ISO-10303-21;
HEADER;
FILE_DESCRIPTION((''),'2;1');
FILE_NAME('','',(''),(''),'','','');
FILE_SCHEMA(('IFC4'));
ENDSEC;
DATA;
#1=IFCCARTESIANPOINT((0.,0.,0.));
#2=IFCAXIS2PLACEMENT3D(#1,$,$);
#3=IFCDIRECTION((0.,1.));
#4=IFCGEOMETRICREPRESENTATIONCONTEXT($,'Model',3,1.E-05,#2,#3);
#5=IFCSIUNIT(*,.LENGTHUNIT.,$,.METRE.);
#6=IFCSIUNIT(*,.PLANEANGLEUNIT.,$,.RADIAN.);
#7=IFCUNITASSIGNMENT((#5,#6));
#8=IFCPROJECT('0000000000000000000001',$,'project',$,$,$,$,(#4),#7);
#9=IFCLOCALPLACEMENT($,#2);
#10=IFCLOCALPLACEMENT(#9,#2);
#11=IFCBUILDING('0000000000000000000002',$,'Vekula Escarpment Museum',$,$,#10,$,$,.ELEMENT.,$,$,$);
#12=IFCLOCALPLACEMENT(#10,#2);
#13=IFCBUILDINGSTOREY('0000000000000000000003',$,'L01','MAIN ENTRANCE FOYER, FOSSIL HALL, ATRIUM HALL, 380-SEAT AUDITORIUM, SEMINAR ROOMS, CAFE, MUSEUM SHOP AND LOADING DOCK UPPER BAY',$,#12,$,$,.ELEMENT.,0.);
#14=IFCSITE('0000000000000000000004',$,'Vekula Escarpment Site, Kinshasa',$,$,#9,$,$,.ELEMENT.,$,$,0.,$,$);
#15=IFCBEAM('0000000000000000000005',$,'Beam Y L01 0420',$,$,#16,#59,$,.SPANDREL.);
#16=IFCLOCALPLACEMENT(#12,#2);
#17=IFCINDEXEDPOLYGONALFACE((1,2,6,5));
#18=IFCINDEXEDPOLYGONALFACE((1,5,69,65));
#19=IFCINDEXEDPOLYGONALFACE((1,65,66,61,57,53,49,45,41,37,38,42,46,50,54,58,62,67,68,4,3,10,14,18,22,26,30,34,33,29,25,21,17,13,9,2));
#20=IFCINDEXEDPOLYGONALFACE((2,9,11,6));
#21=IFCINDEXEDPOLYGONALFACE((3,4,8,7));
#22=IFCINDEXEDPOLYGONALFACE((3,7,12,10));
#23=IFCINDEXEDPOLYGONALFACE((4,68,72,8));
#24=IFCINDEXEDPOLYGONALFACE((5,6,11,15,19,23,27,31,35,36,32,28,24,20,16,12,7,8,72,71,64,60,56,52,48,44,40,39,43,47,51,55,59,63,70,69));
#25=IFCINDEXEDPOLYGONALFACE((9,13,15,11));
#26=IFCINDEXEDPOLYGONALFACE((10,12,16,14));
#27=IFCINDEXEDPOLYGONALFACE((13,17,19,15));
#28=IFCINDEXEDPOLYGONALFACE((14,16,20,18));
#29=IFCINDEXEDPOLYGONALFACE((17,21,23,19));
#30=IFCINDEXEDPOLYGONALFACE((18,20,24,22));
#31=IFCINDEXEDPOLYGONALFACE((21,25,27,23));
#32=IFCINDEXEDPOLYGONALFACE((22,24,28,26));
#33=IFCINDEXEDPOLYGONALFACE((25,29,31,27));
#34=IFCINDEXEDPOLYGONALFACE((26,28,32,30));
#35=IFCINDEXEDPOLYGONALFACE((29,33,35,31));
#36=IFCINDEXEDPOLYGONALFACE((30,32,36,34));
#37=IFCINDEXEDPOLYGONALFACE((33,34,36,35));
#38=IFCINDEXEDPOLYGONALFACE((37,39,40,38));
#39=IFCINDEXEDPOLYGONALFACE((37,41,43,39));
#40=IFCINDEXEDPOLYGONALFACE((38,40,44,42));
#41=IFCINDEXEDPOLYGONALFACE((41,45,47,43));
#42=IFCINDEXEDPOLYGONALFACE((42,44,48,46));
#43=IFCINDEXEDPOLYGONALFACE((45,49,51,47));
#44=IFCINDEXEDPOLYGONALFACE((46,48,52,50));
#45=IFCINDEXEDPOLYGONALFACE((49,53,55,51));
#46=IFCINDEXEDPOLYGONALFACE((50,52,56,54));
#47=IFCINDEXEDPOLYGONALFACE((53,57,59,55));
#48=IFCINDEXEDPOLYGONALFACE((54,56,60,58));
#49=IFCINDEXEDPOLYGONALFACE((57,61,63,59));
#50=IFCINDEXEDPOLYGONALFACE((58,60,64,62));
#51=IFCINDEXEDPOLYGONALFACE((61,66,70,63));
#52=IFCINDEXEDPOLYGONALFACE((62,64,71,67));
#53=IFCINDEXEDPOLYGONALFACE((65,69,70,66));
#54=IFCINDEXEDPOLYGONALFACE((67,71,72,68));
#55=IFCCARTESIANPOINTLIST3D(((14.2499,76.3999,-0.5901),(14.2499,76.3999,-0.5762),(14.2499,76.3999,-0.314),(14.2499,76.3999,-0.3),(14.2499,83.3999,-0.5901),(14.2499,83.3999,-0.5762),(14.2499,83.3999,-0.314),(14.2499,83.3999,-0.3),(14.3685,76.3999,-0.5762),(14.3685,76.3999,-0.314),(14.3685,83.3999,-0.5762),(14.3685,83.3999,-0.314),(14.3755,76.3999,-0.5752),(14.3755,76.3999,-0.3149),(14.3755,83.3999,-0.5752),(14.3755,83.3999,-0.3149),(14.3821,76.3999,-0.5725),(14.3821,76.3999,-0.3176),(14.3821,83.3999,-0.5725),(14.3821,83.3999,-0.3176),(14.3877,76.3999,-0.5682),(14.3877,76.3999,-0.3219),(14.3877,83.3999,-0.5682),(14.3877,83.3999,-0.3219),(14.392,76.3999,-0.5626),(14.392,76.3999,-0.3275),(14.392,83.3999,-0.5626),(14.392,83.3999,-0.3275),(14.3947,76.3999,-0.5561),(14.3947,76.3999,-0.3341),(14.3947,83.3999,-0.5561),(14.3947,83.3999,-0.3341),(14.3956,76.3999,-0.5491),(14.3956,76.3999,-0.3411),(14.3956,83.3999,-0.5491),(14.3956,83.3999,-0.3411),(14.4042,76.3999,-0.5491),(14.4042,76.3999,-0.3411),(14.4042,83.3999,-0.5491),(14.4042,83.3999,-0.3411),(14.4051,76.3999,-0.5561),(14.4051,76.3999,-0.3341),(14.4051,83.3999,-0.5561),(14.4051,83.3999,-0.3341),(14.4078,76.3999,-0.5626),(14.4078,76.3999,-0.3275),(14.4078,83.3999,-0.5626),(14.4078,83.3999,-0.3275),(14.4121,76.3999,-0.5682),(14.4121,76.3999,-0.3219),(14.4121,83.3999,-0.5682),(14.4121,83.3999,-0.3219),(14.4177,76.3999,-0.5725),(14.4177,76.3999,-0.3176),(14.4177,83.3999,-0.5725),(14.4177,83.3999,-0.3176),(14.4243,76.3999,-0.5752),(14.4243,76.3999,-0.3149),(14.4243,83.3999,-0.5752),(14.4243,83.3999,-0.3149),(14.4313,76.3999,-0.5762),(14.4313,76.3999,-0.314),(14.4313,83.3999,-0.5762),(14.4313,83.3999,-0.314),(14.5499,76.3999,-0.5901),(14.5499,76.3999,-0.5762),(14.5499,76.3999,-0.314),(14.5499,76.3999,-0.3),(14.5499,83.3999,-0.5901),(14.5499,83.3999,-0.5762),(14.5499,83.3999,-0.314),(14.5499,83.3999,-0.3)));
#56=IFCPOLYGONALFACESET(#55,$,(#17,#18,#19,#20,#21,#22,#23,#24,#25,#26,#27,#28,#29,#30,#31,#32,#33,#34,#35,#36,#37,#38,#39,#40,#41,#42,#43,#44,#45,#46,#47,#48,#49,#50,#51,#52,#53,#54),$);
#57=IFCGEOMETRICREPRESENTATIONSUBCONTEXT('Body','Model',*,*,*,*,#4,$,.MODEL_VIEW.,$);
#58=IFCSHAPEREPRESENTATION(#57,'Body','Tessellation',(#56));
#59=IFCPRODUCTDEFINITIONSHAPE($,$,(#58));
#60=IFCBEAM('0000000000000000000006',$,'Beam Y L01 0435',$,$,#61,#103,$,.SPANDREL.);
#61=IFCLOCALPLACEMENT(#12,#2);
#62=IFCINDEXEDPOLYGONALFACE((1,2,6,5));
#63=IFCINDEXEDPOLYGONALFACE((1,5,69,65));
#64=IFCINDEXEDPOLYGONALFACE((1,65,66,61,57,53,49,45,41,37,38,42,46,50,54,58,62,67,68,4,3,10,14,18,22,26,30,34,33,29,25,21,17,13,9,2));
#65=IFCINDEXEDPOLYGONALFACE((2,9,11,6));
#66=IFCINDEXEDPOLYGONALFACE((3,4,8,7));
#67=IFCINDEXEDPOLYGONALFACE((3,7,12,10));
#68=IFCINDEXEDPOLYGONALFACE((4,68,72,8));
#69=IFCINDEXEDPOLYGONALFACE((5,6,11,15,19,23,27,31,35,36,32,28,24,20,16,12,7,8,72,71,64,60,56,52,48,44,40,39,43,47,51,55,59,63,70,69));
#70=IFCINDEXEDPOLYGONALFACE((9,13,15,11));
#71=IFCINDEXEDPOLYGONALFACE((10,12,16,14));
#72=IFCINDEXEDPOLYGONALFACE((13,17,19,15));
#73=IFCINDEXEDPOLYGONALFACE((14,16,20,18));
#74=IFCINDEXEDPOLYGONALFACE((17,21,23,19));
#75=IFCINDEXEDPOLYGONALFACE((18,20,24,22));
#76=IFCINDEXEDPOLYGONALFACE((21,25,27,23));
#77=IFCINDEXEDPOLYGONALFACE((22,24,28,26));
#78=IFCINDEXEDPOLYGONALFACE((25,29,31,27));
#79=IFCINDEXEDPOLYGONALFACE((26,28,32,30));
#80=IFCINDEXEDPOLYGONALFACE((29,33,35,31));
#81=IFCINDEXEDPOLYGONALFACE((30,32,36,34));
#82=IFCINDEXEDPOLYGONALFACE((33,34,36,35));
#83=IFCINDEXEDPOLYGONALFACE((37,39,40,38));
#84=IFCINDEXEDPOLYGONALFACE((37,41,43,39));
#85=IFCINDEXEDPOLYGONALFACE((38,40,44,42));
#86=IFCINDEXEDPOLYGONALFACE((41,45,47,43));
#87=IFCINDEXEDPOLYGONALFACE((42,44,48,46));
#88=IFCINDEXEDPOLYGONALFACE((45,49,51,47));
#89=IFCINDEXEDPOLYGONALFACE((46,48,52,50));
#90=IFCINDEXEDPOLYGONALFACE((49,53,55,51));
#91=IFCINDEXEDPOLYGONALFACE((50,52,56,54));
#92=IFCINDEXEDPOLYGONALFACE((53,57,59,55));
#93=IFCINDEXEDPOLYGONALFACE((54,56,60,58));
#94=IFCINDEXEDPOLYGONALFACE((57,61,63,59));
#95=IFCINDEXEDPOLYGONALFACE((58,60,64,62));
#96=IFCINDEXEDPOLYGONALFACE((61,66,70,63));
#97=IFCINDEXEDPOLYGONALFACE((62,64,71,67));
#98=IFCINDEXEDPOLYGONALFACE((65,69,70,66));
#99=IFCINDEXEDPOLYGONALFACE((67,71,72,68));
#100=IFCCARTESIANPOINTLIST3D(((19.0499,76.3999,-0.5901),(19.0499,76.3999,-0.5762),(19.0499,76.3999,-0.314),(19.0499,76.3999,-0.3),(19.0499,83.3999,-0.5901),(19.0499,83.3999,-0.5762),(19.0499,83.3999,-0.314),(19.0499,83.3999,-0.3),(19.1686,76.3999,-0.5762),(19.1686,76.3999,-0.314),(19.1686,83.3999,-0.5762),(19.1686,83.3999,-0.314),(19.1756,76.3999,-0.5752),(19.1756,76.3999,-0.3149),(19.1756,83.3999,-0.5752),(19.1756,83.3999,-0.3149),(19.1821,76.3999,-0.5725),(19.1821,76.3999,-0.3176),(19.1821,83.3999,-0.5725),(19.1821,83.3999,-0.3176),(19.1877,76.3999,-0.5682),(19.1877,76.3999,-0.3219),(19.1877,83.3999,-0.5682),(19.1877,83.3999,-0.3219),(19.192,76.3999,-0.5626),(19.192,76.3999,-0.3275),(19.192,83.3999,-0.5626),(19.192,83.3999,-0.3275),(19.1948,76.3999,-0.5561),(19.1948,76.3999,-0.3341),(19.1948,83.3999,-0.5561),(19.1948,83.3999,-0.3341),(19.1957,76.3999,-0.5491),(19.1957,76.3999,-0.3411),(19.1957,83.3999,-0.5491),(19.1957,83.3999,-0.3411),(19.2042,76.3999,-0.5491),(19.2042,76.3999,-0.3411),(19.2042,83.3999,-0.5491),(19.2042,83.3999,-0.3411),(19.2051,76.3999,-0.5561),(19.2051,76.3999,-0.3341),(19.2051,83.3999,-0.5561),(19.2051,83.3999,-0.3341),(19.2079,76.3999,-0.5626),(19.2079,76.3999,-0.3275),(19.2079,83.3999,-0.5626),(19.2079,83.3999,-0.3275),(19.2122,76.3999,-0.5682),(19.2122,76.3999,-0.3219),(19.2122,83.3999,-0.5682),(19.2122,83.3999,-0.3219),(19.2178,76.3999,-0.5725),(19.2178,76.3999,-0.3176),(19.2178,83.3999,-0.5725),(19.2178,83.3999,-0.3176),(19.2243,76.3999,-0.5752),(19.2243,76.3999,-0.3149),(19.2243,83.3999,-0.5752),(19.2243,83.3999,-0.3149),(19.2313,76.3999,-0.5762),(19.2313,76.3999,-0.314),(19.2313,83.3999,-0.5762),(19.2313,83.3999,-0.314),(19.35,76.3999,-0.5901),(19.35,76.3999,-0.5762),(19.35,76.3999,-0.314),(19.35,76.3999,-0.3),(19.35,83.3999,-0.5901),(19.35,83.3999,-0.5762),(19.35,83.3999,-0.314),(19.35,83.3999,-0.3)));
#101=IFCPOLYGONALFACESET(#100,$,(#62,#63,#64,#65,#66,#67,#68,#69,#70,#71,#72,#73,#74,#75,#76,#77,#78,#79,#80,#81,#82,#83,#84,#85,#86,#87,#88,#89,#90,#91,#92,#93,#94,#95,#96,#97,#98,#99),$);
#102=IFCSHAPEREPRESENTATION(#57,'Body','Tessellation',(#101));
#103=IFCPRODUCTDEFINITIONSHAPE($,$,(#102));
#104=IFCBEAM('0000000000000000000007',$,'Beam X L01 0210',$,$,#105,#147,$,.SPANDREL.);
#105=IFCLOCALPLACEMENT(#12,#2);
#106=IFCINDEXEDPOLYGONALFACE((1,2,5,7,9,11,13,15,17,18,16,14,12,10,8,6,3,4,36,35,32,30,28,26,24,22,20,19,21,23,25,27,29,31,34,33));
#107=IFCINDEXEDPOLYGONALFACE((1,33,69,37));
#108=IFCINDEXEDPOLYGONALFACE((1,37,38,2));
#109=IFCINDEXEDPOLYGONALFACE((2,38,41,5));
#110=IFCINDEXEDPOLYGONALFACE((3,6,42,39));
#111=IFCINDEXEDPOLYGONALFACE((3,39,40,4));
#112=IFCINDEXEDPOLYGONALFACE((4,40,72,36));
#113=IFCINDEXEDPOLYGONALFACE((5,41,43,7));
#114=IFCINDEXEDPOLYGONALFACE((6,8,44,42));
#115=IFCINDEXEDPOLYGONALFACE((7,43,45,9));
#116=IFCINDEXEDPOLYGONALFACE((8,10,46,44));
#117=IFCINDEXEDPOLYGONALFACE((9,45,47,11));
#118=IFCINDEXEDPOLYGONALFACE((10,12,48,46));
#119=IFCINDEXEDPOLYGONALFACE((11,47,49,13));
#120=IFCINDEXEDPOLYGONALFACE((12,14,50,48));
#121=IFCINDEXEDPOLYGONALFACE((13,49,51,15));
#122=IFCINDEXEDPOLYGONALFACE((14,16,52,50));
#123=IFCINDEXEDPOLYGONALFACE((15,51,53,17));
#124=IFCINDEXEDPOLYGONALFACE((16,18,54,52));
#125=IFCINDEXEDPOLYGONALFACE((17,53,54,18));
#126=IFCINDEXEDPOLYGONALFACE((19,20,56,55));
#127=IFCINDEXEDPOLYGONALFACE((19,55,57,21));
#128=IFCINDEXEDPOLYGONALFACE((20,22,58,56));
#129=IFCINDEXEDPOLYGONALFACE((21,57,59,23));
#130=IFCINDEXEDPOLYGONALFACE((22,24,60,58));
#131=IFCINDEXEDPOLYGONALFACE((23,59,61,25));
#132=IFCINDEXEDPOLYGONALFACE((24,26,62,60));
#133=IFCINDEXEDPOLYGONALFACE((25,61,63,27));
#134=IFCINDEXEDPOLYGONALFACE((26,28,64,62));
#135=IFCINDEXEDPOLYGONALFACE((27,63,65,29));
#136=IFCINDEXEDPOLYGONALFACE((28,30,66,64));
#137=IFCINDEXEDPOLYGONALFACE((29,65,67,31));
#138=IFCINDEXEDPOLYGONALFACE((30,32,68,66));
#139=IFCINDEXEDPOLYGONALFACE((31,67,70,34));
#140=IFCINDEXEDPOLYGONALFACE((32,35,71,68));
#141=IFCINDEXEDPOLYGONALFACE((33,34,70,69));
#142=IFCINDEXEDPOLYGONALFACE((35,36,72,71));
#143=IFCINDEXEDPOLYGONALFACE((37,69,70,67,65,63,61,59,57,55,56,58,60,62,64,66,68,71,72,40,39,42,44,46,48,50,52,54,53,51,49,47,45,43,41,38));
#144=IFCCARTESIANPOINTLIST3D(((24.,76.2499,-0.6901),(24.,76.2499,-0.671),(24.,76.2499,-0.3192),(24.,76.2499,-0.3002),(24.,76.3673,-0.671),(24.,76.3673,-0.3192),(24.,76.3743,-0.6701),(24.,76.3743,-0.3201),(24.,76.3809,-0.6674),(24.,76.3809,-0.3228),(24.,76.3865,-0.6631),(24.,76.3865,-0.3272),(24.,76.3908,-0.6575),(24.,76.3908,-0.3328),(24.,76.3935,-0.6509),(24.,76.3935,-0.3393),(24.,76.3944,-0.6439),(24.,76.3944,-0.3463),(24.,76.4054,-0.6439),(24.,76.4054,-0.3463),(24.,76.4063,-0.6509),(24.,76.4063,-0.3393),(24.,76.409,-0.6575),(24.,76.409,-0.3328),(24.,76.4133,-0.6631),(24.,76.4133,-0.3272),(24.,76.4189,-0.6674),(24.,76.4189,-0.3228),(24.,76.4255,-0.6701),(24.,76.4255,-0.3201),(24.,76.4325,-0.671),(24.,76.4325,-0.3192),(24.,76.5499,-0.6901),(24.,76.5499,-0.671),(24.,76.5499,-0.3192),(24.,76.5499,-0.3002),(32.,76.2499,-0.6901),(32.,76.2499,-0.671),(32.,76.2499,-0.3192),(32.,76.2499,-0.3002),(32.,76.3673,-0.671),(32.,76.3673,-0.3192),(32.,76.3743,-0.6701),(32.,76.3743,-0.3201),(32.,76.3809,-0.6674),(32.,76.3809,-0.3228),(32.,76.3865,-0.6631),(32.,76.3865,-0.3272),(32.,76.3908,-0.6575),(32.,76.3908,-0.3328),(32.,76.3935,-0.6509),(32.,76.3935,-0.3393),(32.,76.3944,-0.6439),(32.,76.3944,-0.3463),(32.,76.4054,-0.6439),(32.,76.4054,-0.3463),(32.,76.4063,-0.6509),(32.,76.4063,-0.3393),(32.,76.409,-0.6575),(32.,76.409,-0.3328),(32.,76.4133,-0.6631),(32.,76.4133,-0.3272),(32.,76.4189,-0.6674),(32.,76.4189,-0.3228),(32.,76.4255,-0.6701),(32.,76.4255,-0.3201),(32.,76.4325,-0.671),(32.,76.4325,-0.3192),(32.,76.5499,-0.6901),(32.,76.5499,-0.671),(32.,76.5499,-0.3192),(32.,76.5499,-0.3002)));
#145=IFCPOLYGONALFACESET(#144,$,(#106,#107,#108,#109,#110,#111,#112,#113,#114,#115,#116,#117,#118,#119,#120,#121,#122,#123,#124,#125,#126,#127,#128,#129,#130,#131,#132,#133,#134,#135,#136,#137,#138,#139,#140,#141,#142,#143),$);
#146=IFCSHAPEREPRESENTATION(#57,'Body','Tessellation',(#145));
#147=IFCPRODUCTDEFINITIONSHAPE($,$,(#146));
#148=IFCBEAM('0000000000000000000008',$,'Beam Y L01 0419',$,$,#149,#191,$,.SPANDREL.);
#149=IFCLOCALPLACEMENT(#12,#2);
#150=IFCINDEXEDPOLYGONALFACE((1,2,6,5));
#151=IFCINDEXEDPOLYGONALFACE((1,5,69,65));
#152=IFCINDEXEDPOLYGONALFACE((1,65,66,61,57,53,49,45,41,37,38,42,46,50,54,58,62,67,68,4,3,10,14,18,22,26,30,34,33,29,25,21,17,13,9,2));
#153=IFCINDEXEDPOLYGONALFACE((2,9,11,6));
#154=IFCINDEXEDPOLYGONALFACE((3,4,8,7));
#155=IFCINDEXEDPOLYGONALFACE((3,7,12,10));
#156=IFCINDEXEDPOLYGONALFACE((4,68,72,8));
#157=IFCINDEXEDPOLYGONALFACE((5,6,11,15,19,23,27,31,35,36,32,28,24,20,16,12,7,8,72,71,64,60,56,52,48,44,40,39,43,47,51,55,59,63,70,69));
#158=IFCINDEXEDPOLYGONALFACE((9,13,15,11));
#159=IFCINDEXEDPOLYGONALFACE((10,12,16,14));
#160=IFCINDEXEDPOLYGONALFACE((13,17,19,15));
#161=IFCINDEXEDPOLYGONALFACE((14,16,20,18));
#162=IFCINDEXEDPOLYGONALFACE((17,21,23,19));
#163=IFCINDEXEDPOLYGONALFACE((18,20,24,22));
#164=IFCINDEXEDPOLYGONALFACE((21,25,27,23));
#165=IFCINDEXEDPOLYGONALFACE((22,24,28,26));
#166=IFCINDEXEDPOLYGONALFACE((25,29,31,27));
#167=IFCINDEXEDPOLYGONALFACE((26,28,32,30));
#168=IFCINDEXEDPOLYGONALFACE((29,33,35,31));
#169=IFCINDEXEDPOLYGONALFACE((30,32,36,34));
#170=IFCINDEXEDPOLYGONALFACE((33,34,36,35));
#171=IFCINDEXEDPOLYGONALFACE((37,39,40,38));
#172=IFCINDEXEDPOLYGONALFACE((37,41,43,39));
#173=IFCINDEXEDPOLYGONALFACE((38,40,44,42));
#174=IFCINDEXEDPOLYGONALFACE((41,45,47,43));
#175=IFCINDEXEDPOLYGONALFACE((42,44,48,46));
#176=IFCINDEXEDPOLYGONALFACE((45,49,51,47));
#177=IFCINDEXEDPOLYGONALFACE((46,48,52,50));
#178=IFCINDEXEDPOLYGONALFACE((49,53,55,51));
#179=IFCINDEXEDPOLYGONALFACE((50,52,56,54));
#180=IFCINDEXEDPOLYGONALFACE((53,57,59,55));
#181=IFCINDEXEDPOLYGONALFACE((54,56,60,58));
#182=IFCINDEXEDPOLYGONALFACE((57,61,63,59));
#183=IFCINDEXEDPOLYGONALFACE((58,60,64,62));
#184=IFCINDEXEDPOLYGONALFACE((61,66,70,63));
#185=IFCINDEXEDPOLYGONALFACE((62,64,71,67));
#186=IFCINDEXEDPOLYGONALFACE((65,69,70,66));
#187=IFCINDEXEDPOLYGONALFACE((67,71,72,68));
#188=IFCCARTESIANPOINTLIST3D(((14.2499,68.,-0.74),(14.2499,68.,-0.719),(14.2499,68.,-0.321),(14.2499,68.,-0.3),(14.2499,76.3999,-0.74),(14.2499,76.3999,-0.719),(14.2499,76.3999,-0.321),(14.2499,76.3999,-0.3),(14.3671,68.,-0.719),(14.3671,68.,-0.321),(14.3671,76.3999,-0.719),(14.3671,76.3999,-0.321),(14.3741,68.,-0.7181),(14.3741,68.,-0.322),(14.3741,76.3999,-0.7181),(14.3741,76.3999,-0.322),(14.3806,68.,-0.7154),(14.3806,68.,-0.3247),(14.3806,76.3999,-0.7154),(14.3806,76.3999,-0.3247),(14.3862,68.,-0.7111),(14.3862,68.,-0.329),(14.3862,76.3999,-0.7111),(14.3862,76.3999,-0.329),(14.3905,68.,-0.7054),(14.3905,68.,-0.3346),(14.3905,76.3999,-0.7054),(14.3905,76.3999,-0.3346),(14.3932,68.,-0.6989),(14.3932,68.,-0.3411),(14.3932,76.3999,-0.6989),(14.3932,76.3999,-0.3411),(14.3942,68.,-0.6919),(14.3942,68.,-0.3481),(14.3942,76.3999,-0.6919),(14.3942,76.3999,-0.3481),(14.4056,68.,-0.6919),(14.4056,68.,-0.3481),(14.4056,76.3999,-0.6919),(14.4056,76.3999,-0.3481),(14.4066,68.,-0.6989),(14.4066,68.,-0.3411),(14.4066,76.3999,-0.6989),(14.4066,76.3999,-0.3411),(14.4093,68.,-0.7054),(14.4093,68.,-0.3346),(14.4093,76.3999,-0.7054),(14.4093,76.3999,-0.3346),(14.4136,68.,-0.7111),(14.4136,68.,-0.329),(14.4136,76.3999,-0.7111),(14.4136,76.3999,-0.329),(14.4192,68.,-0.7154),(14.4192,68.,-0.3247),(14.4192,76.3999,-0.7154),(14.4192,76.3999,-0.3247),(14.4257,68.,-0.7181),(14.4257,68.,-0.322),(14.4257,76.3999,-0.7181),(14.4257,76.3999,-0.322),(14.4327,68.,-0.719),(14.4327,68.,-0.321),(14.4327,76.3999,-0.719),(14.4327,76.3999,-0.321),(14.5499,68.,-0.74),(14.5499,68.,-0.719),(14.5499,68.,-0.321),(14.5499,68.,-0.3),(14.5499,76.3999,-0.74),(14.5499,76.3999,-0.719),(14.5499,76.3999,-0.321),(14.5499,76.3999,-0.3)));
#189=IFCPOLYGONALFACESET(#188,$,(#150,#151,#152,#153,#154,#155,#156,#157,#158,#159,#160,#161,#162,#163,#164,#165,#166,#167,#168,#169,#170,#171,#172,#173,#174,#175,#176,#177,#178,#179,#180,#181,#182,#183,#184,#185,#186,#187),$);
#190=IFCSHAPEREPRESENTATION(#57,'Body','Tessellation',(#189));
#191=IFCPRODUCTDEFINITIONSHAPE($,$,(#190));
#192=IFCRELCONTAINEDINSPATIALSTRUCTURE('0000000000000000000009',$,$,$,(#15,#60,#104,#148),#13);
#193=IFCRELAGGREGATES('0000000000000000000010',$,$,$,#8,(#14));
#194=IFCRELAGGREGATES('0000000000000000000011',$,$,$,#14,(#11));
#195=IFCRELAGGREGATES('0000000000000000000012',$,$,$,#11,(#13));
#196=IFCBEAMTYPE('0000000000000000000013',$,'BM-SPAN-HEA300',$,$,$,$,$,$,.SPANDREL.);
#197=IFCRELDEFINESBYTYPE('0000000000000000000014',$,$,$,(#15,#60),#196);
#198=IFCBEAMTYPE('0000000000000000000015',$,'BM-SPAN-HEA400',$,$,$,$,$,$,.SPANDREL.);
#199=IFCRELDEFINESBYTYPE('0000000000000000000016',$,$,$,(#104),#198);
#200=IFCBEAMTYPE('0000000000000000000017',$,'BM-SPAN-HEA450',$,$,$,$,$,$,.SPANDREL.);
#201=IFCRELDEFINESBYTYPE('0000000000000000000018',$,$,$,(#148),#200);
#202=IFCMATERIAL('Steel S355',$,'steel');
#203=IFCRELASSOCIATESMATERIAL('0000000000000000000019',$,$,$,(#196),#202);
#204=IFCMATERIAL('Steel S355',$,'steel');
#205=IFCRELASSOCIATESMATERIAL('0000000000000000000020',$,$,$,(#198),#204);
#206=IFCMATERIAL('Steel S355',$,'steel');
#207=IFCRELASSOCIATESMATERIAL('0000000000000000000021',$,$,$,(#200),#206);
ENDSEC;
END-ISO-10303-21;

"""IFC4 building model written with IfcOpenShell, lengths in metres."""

from ifc_helpers import new_model, si_unit, direction, frame, origin, origin_2d, place, context, subcontext, project, spatial, i_section, extrude, material, material_profile, profile_set, type_object, element, save


model = new_model("IFC4")

# Units and contexts
model_context = context("Model", 3, precision=1e-05, world=origin(), true_north=direction((0.0, 1.0)))
body_context = subcontext(model_context, "Body", "Model", "MODEL_VIEW")
ifc_project = project(units=[si_unit("LENGTHUNIT", "METRE"), si_unit("PLANEANGLEUNIT", "RADIAN")], contexts=[model_context])

# Site, building, storey
site_placement = place(None, origin())
site = spatial("IfcSite", under=ifc_project, at=site_placement, Name="Vekula Escarpment Site, Kinshasa", CompositionType="ELEMENT", RefElevation=0.0)
building_placement = place(site_placement, origin())
building = spatial("IfcBuilding", under=site, at=building_placement, Name="Vekula Escarpment Museum", CompositionType="ELEMENT")
storey_placement = place(building_placement, origin())
storey = spatial("IfcBuildingStorey", under=building, at=storey_placement, Name="L01", Description="MAIN ENTRANCE FOYER, FOSSIL HALL, ATRIUM HALL, 380-SEAT AUDITORIUM, SEMINAR ROOMS, CAFE, MUSEUM SHOP AND LOADING DOCK UPPER BAY", CompositionType="ELEMENT", Elevation=0.0)

# Beams
ifc_material_1 = material(Name="Steel S355", Category="steel")
ifc_material_profile_1 = material_profile(ifc_material_1, i_section(OverallWidth=0.3, OverallDepth=0.29, WebThickness=0.0085, FlangeThickness=0.0139, FilletRadius=0.0271, at=origin_2d()), Name="HEA 300")
ifc_profile_set_1 = profile_set([ifc_material_profile_1], Name="Steel S355")
beam_type_1 = type_object("IfcBeamType", Name="BM-SPAN-HEA300", PredefinedType="SPANDREL", material=ifc_profile_set_1)
for number, where, z_axis, x_axis, name in (
    (1, (14.3999, 76.3999, -0.4451), (0.0, 1.0, 0.0), (-1.0, 0.0, 0.0), "Beam Y L01 0420"),
    (2, (19.2, 76.3999, -0.4451), (0.0, 1.0, 0.0), (-1.0, 0.0, 0.0), "Beam Y L01 0435"),
):
    element("IfcBeam", number, at=place(storey_placement, frame(where, z_axis=z_axis, x_axis=x_axis)), inside=storey, type_object=beam_type_1, Name=name, PredefinedType="SPANDREL", context=body_context, shape_type="SweptSolid", body=[
        extrude(i_section(OverallWidth=0.3, OverallDepth=0.29, WebThickness=0.0085, FlangeThickness=0.0139, FilletRadius=0.0271, at=origin_2d()), origin(), (0.0, 0.0, 1.0), 7.0),
    ])
ifc_material_2 = material(Name="Steel S355", Category="steel")
ifc_material_profile_2 = material_profile(ifc_material_2, i_section(OverallWidth=0.3, OverallDepth=0.3899, WebThickness=0.011, FlangeThickness=0.019, FilletRadius=0.0271, at=origin_2d()), Name="HEA 400")
ifc_profile_set_2 = profile_set([ifc_material_profile_2], Name="Steel S355")
beam_type_2 = type_object("IfcBeamType", Name="BM-SPAN-HEA400", PredefinedType="SPANDREL", material=ifc_profile_set_2)
beam_1_placement = place(storey_placement, frame((24.0, 76.3999, -0.4951), z_axis=(1.0, 0.0, 0.0), x_axis=(0.0, 1.0, 0.0)))
element("IfcBeam", 3, at=beam_1_placement, inside=storey, type_object=beam_type_2, Name="Beam X L01 0210", PredefinedType="SPANDREL", context=body_context, shape_type="SweptSolid", body=[
    extrude(i_section(OverallWidth=0.3, OverallDepth=0.3899, WebThickness=0.011, FlangeThickness=0.019, FilletRadius=0.0271, at=origin_2d()), origin(), (0.0, 0.0, 1.0), 8.0),
])
ifc_material_3 = material(Name="Steel S355", Category="steel")
ifc_material_profile_3 = material_profile(ifc_material_3, i_section(OverallWidth=0.3, OverallDepth=0.4399, WebThickness=0.0115, FlangeThickness=0.021, FilletRadius=0.0271, at=origin_2d()), Name="HEA 450")
ifc_profile_set_3 = profile_set([ifc_material_profile_3], Name="Steel S355")
beam_type_3 = type_object("IfcBeamType", Name="BM-SPAN-HEA450", PredefinedType="SPANDREL", material=ifc_profile_set_3)
for number, where, z_axis, x_axis, name in (
    (4, (14.3999, 68.0, -0.52), (0.0, 1.0, 0.0), (-1.0, 0.0, 0.0), "Beam Y L01 0419"),
):
    element("IfcBeam", number, at=place(storey_placement, frame(where, z_axis=z_axis, x_axis=x_axis)), inside=storey, type_object=beam_type_3, Name=name, PredefinedType="SPANDREL", context=body_context, shape_type="SweptSolid", body=[
        extrude(i_section(OverallWidth=0.3, OverallDepth=0.4399, WebThickness=0.0115, FlangeThickness=0.021, FilletRadius=0.0271, at=origin_2d()), origin(), (0.0, 0.0, 1.0), 8.3999),
    ])

save(model, "model.ifc")
